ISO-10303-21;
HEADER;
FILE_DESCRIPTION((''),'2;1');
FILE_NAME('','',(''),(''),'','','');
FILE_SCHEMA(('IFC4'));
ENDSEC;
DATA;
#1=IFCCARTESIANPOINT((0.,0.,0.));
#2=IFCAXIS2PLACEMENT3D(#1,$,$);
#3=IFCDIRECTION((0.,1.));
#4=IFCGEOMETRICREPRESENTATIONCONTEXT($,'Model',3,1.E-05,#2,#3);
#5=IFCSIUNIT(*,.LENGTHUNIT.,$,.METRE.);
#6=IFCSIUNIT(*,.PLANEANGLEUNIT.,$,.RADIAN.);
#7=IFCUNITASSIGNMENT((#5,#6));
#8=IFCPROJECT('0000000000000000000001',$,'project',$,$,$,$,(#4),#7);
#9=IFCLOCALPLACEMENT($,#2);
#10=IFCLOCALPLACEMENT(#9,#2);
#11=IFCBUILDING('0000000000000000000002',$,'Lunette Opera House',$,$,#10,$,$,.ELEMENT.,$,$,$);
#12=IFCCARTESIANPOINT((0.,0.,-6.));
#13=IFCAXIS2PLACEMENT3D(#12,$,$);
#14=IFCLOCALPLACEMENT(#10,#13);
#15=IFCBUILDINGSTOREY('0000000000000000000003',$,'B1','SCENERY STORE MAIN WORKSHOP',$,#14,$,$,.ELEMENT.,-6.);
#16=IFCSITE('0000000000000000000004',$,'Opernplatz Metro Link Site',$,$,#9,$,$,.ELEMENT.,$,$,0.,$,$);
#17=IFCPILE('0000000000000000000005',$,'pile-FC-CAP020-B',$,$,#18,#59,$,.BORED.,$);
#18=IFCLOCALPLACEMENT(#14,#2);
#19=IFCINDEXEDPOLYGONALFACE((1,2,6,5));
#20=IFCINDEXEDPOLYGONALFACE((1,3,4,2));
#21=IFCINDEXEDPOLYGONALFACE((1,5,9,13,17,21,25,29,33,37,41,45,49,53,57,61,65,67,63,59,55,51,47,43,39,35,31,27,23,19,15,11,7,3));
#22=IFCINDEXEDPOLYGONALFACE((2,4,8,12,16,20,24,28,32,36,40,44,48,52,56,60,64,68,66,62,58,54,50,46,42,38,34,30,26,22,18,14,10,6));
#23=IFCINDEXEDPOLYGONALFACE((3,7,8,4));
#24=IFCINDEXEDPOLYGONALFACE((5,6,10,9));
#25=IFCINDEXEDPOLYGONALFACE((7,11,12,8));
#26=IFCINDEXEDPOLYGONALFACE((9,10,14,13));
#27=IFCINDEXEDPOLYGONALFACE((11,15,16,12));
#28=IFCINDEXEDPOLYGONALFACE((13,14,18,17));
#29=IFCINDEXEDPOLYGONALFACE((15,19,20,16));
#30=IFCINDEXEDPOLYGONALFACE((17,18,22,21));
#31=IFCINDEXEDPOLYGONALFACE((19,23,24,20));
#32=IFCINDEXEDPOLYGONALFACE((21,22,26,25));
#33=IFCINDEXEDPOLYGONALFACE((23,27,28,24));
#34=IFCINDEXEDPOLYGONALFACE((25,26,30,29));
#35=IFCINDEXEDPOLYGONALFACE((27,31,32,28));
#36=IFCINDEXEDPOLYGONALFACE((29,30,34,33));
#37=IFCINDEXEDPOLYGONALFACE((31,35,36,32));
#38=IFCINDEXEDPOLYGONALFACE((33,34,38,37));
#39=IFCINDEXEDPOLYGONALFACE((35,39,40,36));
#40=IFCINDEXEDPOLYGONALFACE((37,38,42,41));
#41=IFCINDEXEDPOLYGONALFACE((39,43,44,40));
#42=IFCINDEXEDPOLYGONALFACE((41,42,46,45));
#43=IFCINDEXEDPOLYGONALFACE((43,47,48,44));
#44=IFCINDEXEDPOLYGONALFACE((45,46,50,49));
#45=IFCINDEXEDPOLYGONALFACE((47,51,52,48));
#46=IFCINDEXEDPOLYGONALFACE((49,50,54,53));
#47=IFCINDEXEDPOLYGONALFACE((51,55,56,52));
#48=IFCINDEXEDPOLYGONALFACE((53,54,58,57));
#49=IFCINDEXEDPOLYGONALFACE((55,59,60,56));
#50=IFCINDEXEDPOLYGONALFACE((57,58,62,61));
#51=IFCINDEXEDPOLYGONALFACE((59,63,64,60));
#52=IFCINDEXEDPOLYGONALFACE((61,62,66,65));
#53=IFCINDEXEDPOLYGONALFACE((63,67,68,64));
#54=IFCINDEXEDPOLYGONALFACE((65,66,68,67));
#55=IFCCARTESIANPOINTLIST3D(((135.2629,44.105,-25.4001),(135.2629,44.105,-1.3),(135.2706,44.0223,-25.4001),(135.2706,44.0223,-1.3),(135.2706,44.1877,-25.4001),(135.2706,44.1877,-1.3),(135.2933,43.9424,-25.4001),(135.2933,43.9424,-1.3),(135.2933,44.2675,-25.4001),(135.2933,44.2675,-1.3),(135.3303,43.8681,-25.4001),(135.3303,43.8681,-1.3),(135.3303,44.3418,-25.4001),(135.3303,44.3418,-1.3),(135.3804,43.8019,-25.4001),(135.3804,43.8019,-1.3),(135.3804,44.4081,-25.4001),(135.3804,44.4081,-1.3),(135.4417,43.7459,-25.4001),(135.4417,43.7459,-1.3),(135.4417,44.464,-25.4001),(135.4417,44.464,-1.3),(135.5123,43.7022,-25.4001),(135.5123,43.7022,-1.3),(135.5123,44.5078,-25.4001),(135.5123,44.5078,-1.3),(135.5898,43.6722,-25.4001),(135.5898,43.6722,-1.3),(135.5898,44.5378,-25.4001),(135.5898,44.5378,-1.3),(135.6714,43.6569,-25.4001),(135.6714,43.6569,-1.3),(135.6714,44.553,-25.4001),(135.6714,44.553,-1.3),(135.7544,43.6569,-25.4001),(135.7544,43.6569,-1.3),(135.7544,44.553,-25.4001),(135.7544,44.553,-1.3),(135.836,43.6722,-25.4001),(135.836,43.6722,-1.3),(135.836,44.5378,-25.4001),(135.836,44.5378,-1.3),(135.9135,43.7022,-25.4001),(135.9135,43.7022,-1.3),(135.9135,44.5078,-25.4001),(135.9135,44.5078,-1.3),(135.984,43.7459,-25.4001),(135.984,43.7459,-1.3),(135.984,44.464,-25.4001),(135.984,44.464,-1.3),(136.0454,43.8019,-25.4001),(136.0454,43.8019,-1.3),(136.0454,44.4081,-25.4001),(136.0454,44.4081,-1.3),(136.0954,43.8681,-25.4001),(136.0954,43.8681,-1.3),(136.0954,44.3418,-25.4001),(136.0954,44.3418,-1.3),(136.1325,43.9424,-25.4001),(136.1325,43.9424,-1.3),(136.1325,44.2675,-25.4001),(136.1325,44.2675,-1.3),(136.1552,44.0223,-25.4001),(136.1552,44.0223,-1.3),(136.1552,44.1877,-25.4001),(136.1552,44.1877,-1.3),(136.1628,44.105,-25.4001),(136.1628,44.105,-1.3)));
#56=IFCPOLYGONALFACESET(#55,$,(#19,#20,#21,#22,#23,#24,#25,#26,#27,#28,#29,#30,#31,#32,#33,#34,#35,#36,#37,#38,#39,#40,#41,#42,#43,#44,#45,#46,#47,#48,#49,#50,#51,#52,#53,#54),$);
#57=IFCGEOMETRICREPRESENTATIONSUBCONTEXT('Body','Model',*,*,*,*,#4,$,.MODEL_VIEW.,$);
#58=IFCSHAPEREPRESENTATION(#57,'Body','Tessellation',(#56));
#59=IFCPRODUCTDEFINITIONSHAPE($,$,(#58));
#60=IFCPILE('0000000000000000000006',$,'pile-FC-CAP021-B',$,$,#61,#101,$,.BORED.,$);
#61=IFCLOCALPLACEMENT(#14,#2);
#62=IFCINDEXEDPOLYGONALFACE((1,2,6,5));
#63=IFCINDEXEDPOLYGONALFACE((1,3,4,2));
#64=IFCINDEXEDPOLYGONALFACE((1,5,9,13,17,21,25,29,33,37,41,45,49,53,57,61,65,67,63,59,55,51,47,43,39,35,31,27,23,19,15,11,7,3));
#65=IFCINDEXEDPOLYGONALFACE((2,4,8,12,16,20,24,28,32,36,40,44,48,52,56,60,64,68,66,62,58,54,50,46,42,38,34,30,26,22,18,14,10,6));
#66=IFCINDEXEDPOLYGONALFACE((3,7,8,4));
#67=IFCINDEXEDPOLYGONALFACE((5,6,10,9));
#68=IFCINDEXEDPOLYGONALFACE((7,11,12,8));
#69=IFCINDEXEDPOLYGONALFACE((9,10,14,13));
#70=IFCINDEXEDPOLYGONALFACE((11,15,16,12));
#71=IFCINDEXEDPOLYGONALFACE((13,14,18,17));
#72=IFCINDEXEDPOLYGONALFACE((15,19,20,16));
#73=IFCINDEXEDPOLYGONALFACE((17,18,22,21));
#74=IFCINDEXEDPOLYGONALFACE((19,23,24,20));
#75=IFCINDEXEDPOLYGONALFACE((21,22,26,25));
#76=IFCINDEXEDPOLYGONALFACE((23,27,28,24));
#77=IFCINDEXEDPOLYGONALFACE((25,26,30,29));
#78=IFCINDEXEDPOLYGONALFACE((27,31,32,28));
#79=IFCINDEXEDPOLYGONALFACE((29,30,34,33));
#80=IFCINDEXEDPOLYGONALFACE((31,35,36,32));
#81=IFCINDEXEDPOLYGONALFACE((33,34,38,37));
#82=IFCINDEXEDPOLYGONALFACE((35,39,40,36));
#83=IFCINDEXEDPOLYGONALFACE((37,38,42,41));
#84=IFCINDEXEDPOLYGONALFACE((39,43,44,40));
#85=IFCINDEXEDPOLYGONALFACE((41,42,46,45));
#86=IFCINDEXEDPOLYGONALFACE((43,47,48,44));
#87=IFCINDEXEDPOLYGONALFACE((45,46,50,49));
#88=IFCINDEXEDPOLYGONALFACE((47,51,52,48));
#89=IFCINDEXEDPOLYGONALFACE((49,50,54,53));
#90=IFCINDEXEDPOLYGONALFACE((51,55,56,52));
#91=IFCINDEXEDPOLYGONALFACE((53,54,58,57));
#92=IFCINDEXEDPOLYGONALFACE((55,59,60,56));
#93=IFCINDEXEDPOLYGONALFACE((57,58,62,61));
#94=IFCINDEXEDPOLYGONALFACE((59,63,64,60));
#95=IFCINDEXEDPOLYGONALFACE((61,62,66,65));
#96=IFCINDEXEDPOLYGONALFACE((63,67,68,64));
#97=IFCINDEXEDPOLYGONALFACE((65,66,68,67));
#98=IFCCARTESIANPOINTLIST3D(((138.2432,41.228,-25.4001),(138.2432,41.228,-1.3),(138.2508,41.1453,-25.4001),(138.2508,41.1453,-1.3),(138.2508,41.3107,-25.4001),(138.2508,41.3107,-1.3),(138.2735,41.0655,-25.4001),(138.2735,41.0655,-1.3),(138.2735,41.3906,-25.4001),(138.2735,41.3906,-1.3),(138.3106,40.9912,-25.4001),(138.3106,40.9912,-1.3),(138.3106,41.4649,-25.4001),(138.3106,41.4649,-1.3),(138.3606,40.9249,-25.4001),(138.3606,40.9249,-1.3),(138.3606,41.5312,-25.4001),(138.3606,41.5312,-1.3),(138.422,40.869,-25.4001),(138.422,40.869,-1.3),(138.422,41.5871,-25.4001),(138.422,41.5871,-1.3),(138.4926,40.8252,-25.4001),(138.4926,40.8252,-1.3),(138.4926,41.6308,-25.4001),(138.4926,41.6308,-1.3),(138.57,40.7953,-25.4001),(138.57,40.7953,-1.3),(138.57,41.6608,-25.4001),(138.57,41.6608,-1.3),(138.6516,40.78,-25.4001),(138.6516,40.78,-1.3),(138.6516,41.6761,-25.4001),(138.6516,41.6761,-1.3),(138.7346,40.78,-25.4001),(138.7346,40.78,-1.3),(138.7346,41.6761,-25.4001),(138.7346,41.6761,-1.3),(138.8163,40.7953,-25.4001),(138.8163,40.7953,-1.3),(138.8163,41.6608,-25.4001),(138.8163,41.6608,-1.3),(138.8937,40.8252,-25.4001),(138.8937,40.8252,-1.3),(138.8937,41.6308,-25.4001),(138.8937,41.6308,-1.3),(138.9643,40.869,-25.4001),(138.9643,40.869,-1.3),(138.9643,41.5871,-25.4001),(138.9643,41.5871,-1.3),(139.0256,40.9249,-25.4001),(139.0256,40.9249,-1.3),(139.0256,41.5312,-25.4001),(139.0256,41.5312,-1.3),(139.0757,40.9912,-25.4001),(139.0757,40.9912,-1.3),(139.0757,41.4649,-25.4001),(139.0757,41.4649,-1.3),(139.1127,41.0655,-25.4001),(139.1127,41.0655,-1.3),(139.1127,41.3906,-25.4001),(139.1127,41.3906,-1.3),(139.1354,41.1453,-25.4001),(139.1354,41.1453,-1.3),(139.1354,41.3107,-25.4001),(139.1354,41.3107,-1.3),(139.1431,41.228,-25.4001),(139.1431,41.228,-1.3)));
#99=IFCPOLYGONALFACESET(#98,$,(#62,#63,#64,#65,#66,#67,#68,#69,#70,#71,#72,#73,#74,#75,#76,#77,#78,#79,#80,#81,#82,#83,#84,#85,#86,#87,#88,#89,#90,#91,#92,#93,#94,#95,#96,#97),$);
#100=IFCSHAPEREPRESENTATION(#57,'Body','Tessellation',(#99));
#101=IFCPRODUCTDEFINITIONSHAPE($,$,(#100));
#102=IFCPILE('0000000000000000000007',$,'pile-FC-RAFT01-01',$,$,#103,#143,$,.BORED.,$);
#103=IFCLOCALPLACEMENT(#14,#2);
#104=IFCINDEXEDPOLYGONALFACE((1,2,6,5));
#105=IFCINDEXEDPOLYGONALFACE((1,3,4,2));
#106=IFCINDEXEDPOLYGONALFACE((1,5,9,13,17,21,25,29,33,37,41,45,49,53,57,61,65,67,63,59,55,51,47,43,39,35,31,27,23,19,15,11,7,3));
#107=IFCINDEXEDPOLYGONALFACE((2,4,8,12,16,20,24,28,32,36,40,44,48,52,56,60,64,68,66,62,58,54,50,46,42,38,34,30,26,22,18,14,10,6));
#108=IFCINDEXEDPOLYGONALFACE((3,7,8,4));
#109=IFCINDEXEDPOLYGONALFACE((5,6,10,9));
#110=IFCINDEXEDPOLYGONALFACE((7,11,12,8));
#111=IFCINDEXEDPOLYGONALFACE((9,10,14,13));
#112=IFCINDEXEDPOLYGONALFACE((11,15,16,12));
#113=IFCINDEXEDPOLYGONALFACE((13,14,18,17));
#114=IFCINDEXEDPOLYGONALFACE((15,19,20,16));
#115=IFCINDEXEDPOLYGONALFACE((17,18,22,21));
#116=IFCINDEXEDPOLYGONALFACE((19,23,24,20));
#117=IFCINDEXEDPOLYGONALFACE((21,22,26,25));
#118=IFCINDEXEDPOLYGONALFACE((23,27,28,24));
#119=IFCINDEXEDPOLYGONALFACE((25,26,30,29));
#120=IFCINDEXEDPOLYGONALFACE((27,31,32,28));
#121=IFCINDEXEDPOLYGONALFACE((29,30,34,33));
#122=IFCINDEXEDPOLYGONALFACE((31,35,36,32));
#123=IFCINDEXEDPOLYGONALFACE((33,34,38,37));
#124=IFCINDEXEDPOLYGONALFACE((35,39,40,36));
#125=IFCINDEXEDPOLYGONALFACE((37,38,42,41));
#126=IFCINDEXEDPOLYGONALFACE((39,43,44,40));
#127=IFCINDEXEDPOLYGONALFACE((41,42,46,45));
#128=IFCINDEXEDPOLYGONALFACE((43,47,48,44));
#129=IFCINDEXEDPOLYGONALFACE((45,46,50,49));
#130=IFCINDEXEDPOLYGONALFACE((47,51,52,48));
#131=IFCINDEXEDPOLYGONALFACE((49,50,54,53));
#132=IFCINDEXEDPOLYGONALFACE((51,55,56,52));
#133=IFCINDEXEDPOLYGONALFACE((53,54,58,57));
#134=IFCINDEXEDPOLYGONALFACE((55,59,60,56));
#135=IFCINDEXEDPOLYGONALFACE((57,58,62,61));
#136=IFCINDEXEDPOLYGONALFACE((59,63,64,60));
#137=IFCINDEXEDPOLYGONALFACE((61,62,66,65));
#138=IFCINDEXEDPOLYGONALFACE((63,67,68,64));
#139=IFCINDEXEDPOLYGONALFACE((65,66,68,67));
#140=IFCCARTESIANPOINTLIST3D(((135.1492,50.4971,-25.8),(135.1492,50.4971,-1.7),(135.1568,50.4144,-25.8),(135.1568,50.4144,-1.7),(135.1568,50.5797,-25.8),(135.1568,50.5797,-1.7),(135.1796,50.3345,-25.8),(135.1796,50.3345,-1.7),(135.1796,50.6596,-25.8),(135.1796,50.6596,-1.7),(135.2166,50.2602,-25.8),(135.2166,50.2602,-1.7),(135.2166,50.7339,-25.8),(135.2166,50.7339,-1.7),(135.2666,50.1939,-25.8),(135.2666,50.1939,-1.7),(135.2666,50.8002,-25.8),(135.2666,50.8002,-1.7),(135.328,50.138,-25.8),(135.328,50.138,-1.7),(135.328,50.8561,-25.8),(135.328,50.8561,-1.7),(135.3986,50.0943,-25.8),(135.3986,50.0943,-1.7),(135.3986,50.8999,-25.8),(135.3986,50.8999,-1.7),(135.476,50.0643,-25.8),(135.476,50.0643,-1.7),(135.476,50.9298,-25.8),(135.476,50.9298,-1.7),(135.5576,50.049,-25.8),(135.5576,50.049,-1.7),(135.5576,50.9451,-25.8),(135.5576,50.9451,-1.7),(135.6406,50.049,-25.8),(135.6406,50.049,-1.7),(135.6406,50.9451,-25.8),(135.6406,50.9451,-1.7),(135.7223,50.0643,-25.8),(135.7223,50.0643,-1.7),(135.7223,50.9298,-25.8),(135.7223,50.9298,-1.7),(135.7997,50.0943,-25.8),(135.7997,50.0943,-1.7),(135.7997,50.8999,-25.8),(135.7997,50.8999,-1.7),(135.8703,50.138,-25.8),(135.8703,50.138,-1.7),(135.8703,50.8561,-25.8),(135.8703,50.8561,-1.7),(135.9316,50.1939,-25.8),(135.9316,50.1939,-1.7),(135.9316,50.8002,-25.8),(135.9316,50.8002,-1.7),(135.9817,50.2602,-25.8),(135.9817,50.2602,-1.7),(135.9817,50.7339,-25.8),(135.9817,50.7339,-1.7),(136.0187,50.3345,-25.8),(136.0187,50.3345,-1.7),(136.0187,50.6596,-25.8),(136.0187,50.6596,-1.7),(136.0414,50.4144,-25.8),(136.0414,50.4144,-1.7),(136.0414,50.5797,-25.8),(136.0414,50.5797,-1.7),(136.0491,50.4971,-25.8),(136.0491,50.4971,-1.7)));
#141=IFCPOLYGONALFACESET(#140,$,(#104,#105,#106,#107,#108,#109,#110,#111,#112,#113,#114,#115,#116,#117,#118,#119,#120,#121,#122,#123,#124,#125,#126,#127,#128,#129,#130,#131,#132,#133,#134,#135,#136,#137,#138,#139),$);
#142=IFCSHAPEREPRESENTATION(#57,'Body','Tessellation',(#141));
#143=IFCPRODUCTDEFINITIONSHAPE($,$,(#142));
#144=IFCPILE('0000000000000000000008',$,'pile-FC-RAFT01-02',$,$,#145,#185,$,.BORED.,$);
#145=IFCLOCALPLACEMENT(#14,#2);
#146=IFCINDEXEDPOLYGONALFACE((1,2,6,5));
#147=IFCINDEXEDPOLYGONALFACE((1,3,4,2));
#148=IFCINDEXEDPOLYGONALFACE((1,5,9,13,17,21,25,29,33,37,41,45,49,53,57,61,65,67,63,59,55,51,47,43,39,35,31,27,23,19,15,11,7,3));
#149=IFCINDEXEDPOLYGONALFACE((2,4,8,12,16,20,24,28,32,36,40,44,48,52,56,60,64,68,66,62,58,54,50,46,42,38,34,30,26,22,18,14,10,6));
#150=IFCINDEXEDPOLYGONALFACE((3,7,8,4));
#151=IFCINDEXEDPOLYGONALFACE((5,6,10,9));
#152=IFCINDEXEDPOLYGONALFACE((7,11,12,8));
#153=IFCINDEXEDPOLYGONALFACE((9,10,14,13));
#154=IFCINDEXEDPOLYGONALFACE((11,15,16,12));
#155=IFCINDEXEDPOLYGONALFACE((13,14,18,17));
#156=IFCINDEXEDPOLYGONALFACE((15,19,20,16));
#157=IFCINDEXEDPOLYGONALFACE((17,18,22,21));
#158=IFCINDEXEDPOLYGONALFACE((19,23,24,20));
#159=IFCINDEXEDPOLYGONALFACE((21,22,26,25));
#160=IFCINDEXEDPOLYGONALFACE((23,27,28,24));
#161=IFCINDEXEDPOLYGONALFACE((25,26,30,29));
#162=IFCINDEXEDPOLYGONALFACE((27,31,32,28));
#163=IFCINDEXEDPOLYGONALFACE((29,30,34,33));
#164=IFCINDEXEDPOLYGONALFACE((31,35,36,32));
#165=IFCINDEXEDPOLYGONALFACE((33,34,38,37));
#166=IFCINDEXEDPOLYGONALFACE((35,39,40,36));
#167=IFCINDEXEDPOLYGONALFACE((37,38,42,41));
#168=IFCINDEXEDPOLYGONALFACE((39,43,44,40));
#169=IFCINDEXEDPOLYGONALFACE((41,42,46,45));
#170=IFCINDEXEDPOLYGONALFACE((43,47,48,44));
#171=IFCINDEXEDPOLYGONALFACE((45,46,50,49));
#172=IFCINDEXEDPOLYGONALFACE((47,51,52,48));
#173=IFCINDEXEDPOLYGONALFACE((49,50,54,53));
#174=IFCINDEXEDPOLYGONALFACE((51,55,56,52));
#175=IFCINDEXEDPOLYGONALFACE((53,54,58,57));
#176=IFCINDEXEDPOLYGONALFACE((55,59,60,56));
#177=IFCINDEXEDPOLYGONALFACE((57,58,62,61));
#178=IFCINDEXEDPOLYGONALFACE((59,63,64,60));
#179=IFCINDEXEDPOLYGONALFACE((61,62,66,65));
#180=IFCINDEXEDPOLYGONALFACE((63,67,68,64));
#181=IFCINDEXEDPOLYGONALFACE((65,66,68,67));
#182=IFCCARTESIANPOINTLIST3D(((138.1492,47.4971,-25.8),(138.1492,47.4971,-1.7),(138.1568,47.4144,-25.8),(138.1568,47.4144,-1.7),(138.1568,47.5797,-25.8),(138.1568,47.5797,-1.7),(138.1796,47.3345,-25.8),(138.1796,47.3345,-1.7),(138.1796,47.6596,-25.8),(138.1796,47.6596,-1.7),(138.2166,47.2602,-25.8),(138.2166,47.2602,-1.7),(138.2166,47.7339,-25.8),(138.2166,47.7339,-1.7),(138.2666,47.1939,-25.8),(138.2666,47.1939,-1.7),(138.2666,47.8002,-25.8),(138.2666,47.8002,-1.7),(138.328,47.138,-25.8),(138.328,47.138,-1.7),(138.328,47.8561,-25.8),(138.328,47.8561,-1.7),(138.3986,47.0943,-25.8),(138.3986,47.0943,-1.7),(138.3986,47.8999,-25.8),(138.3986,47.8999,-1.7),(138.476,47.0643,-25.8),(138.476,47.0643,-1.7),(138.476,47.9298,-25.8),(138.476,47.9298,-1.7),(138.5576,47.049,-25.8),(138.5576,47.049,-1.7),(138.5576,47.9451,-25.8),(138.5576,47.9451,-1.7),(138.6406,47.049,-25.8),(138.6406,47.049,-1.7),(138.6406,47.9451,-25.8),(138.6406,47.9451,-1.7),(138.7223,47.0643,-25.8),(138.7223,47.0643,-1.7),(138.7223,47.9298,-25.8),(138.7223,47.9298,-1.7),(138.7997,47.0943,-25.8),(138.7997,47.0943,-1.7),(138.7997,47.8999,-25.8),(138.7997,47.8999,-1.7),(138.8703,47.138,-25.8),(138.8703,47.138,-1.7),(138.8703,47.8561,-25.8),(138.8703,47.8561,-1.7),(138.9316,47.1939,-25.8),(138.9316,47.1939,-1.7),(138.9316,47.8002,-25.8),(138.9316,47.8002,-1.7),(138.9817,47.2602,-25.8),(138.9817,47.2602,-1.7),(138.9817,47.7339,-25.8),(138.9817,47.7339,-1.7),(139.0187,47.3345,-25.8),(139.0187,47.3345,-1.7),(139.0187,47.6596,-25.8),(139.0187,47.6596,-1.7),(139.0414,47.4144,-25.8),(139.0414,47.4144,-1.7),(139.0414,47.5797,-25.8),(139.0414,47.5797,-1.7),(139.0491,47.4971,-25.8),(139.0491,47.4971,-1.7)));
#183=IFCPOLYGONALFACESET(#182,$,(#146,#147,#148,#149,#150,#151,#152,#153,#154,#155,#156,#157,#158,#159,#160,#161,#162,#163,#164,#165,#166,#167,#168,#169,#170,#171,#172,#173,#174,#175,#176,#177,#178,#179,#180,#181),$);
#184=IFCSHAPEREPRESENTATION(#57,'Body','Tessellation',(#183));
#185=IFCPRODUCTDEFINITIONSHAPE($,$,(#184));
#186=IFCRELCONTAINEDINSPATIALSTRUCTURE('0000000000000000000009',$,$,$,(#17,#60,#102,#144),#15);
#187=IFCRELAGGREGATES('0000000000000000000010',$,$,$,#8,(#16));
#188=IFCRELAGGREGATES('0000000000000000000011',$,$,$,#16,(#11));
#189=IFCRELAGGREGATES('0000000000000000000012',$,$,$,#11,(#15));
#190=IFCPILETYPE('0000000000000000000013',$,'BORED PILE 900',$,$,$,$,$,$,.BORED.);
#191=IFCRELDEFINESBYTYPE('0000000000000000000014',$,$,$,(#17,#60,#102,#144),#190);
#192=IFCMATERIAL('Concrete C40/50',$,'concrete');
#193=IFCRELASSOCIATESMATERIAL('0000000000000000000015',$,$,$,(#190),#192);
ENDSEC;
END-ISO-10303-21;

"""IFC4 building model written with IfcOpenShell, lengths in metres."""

from ifc_helpers import new_model, si_unit, direction, frame, origin, origin_2d, place, context, subcontext, project, spatial, circle, extrude, material, material_profile, profile_set, type_object, element, save


model = new_model("IFC4")

# Units and contexts
model_context = context("Model", 3, precision=1e-05, world=origin(), true_north=direction((0.0, 1.0)))
body_context = subcontext(model_context, "Body", "Model", "MODEL_VIEW")
ifc_project = project(units=[si_unit("LENGTHUNIT", "METRE"), si_unit("PLANEANGLEUNIT", "RADIAN")], contexts=[model_context])

# Site, building, storey
site_placement = place(None, origin())
site = spatial("IfcSite", under=ifc_project, at=site_placement, Name="Opernplatz Metro Link Site", CompositionType="ELEMENT", RefElevation=0.0)
building_placement = place(site_placement, origin())
building = spatial("IfcBuilding", under=site, at=building_placement, Name="Lunette Opera House", CompositionType="ELEMENT")
storey_placement = place(building_placement, frame((0.0, 0.0, -6.0)))
storey = spatial("IfcBuildingStorey", under=building, at=storey_placement, Name="B1", Description="SCENERY STORE MAIN WORKSHOP", CompositionType="ELEMENT", Elevation=-6.0)

# Piles
ifc_material_1 = material(Name="Concrete C40/50", Category="concrete")
ifc_material_profile_1 = material_profile(ifc_material_1, circle(Radius=0.45, at=origin_2d()), Name="BORED PILE 900")
ifc_profile_set_1 = profile_set([ifc_material_profile_1], Name="Concrete C40/50")
pile_type = type_object("IfcPileType", Name="BORED PILE 900", PredefinedType="BORED", material=ifc_profile_set_1)
for number, where, z_axis, x_axis, name in (
    (1, (135.7129, 44.105, -1.3), (0.0, 0.0, -1.0), (1.0, 0.0, 0.0), "pile-FC-CAP020-B"),
    (2, (138.6931, 41.228, -1.3), (0.0, 0.0, -1.0), (1.0, 0.0, 0.0), "pile-FC-CAP021-B"),
    (3, (135.5991, 50.4971, -1.7), (0.0, 0.0, -1.0), (1.0, 0.0, 0.0), "pile-FC-RAFT01-01"),
    (4, (138.5991, 47.4971, -1.7), (0.0, 0.0, -1.0), (1.0, 0.0, 0.0), "pile-FC-RAFT01-02"),
):
    element("IfcPile", number, at=place(storey_placement, frame(where, z_axis=z_axis, x_axis=x_axis)), inside=storey, type_object=pile_type, Name=name, PredefinedType="BORED", context=body_context, shape_type="SweptSolid", body=[
        extrude(circle(Radius=0.45, at=origin_2d()), origin(), (0.0, 0.0, 1.0), 24.1001),
    ])

save(model, "model.ifc")
